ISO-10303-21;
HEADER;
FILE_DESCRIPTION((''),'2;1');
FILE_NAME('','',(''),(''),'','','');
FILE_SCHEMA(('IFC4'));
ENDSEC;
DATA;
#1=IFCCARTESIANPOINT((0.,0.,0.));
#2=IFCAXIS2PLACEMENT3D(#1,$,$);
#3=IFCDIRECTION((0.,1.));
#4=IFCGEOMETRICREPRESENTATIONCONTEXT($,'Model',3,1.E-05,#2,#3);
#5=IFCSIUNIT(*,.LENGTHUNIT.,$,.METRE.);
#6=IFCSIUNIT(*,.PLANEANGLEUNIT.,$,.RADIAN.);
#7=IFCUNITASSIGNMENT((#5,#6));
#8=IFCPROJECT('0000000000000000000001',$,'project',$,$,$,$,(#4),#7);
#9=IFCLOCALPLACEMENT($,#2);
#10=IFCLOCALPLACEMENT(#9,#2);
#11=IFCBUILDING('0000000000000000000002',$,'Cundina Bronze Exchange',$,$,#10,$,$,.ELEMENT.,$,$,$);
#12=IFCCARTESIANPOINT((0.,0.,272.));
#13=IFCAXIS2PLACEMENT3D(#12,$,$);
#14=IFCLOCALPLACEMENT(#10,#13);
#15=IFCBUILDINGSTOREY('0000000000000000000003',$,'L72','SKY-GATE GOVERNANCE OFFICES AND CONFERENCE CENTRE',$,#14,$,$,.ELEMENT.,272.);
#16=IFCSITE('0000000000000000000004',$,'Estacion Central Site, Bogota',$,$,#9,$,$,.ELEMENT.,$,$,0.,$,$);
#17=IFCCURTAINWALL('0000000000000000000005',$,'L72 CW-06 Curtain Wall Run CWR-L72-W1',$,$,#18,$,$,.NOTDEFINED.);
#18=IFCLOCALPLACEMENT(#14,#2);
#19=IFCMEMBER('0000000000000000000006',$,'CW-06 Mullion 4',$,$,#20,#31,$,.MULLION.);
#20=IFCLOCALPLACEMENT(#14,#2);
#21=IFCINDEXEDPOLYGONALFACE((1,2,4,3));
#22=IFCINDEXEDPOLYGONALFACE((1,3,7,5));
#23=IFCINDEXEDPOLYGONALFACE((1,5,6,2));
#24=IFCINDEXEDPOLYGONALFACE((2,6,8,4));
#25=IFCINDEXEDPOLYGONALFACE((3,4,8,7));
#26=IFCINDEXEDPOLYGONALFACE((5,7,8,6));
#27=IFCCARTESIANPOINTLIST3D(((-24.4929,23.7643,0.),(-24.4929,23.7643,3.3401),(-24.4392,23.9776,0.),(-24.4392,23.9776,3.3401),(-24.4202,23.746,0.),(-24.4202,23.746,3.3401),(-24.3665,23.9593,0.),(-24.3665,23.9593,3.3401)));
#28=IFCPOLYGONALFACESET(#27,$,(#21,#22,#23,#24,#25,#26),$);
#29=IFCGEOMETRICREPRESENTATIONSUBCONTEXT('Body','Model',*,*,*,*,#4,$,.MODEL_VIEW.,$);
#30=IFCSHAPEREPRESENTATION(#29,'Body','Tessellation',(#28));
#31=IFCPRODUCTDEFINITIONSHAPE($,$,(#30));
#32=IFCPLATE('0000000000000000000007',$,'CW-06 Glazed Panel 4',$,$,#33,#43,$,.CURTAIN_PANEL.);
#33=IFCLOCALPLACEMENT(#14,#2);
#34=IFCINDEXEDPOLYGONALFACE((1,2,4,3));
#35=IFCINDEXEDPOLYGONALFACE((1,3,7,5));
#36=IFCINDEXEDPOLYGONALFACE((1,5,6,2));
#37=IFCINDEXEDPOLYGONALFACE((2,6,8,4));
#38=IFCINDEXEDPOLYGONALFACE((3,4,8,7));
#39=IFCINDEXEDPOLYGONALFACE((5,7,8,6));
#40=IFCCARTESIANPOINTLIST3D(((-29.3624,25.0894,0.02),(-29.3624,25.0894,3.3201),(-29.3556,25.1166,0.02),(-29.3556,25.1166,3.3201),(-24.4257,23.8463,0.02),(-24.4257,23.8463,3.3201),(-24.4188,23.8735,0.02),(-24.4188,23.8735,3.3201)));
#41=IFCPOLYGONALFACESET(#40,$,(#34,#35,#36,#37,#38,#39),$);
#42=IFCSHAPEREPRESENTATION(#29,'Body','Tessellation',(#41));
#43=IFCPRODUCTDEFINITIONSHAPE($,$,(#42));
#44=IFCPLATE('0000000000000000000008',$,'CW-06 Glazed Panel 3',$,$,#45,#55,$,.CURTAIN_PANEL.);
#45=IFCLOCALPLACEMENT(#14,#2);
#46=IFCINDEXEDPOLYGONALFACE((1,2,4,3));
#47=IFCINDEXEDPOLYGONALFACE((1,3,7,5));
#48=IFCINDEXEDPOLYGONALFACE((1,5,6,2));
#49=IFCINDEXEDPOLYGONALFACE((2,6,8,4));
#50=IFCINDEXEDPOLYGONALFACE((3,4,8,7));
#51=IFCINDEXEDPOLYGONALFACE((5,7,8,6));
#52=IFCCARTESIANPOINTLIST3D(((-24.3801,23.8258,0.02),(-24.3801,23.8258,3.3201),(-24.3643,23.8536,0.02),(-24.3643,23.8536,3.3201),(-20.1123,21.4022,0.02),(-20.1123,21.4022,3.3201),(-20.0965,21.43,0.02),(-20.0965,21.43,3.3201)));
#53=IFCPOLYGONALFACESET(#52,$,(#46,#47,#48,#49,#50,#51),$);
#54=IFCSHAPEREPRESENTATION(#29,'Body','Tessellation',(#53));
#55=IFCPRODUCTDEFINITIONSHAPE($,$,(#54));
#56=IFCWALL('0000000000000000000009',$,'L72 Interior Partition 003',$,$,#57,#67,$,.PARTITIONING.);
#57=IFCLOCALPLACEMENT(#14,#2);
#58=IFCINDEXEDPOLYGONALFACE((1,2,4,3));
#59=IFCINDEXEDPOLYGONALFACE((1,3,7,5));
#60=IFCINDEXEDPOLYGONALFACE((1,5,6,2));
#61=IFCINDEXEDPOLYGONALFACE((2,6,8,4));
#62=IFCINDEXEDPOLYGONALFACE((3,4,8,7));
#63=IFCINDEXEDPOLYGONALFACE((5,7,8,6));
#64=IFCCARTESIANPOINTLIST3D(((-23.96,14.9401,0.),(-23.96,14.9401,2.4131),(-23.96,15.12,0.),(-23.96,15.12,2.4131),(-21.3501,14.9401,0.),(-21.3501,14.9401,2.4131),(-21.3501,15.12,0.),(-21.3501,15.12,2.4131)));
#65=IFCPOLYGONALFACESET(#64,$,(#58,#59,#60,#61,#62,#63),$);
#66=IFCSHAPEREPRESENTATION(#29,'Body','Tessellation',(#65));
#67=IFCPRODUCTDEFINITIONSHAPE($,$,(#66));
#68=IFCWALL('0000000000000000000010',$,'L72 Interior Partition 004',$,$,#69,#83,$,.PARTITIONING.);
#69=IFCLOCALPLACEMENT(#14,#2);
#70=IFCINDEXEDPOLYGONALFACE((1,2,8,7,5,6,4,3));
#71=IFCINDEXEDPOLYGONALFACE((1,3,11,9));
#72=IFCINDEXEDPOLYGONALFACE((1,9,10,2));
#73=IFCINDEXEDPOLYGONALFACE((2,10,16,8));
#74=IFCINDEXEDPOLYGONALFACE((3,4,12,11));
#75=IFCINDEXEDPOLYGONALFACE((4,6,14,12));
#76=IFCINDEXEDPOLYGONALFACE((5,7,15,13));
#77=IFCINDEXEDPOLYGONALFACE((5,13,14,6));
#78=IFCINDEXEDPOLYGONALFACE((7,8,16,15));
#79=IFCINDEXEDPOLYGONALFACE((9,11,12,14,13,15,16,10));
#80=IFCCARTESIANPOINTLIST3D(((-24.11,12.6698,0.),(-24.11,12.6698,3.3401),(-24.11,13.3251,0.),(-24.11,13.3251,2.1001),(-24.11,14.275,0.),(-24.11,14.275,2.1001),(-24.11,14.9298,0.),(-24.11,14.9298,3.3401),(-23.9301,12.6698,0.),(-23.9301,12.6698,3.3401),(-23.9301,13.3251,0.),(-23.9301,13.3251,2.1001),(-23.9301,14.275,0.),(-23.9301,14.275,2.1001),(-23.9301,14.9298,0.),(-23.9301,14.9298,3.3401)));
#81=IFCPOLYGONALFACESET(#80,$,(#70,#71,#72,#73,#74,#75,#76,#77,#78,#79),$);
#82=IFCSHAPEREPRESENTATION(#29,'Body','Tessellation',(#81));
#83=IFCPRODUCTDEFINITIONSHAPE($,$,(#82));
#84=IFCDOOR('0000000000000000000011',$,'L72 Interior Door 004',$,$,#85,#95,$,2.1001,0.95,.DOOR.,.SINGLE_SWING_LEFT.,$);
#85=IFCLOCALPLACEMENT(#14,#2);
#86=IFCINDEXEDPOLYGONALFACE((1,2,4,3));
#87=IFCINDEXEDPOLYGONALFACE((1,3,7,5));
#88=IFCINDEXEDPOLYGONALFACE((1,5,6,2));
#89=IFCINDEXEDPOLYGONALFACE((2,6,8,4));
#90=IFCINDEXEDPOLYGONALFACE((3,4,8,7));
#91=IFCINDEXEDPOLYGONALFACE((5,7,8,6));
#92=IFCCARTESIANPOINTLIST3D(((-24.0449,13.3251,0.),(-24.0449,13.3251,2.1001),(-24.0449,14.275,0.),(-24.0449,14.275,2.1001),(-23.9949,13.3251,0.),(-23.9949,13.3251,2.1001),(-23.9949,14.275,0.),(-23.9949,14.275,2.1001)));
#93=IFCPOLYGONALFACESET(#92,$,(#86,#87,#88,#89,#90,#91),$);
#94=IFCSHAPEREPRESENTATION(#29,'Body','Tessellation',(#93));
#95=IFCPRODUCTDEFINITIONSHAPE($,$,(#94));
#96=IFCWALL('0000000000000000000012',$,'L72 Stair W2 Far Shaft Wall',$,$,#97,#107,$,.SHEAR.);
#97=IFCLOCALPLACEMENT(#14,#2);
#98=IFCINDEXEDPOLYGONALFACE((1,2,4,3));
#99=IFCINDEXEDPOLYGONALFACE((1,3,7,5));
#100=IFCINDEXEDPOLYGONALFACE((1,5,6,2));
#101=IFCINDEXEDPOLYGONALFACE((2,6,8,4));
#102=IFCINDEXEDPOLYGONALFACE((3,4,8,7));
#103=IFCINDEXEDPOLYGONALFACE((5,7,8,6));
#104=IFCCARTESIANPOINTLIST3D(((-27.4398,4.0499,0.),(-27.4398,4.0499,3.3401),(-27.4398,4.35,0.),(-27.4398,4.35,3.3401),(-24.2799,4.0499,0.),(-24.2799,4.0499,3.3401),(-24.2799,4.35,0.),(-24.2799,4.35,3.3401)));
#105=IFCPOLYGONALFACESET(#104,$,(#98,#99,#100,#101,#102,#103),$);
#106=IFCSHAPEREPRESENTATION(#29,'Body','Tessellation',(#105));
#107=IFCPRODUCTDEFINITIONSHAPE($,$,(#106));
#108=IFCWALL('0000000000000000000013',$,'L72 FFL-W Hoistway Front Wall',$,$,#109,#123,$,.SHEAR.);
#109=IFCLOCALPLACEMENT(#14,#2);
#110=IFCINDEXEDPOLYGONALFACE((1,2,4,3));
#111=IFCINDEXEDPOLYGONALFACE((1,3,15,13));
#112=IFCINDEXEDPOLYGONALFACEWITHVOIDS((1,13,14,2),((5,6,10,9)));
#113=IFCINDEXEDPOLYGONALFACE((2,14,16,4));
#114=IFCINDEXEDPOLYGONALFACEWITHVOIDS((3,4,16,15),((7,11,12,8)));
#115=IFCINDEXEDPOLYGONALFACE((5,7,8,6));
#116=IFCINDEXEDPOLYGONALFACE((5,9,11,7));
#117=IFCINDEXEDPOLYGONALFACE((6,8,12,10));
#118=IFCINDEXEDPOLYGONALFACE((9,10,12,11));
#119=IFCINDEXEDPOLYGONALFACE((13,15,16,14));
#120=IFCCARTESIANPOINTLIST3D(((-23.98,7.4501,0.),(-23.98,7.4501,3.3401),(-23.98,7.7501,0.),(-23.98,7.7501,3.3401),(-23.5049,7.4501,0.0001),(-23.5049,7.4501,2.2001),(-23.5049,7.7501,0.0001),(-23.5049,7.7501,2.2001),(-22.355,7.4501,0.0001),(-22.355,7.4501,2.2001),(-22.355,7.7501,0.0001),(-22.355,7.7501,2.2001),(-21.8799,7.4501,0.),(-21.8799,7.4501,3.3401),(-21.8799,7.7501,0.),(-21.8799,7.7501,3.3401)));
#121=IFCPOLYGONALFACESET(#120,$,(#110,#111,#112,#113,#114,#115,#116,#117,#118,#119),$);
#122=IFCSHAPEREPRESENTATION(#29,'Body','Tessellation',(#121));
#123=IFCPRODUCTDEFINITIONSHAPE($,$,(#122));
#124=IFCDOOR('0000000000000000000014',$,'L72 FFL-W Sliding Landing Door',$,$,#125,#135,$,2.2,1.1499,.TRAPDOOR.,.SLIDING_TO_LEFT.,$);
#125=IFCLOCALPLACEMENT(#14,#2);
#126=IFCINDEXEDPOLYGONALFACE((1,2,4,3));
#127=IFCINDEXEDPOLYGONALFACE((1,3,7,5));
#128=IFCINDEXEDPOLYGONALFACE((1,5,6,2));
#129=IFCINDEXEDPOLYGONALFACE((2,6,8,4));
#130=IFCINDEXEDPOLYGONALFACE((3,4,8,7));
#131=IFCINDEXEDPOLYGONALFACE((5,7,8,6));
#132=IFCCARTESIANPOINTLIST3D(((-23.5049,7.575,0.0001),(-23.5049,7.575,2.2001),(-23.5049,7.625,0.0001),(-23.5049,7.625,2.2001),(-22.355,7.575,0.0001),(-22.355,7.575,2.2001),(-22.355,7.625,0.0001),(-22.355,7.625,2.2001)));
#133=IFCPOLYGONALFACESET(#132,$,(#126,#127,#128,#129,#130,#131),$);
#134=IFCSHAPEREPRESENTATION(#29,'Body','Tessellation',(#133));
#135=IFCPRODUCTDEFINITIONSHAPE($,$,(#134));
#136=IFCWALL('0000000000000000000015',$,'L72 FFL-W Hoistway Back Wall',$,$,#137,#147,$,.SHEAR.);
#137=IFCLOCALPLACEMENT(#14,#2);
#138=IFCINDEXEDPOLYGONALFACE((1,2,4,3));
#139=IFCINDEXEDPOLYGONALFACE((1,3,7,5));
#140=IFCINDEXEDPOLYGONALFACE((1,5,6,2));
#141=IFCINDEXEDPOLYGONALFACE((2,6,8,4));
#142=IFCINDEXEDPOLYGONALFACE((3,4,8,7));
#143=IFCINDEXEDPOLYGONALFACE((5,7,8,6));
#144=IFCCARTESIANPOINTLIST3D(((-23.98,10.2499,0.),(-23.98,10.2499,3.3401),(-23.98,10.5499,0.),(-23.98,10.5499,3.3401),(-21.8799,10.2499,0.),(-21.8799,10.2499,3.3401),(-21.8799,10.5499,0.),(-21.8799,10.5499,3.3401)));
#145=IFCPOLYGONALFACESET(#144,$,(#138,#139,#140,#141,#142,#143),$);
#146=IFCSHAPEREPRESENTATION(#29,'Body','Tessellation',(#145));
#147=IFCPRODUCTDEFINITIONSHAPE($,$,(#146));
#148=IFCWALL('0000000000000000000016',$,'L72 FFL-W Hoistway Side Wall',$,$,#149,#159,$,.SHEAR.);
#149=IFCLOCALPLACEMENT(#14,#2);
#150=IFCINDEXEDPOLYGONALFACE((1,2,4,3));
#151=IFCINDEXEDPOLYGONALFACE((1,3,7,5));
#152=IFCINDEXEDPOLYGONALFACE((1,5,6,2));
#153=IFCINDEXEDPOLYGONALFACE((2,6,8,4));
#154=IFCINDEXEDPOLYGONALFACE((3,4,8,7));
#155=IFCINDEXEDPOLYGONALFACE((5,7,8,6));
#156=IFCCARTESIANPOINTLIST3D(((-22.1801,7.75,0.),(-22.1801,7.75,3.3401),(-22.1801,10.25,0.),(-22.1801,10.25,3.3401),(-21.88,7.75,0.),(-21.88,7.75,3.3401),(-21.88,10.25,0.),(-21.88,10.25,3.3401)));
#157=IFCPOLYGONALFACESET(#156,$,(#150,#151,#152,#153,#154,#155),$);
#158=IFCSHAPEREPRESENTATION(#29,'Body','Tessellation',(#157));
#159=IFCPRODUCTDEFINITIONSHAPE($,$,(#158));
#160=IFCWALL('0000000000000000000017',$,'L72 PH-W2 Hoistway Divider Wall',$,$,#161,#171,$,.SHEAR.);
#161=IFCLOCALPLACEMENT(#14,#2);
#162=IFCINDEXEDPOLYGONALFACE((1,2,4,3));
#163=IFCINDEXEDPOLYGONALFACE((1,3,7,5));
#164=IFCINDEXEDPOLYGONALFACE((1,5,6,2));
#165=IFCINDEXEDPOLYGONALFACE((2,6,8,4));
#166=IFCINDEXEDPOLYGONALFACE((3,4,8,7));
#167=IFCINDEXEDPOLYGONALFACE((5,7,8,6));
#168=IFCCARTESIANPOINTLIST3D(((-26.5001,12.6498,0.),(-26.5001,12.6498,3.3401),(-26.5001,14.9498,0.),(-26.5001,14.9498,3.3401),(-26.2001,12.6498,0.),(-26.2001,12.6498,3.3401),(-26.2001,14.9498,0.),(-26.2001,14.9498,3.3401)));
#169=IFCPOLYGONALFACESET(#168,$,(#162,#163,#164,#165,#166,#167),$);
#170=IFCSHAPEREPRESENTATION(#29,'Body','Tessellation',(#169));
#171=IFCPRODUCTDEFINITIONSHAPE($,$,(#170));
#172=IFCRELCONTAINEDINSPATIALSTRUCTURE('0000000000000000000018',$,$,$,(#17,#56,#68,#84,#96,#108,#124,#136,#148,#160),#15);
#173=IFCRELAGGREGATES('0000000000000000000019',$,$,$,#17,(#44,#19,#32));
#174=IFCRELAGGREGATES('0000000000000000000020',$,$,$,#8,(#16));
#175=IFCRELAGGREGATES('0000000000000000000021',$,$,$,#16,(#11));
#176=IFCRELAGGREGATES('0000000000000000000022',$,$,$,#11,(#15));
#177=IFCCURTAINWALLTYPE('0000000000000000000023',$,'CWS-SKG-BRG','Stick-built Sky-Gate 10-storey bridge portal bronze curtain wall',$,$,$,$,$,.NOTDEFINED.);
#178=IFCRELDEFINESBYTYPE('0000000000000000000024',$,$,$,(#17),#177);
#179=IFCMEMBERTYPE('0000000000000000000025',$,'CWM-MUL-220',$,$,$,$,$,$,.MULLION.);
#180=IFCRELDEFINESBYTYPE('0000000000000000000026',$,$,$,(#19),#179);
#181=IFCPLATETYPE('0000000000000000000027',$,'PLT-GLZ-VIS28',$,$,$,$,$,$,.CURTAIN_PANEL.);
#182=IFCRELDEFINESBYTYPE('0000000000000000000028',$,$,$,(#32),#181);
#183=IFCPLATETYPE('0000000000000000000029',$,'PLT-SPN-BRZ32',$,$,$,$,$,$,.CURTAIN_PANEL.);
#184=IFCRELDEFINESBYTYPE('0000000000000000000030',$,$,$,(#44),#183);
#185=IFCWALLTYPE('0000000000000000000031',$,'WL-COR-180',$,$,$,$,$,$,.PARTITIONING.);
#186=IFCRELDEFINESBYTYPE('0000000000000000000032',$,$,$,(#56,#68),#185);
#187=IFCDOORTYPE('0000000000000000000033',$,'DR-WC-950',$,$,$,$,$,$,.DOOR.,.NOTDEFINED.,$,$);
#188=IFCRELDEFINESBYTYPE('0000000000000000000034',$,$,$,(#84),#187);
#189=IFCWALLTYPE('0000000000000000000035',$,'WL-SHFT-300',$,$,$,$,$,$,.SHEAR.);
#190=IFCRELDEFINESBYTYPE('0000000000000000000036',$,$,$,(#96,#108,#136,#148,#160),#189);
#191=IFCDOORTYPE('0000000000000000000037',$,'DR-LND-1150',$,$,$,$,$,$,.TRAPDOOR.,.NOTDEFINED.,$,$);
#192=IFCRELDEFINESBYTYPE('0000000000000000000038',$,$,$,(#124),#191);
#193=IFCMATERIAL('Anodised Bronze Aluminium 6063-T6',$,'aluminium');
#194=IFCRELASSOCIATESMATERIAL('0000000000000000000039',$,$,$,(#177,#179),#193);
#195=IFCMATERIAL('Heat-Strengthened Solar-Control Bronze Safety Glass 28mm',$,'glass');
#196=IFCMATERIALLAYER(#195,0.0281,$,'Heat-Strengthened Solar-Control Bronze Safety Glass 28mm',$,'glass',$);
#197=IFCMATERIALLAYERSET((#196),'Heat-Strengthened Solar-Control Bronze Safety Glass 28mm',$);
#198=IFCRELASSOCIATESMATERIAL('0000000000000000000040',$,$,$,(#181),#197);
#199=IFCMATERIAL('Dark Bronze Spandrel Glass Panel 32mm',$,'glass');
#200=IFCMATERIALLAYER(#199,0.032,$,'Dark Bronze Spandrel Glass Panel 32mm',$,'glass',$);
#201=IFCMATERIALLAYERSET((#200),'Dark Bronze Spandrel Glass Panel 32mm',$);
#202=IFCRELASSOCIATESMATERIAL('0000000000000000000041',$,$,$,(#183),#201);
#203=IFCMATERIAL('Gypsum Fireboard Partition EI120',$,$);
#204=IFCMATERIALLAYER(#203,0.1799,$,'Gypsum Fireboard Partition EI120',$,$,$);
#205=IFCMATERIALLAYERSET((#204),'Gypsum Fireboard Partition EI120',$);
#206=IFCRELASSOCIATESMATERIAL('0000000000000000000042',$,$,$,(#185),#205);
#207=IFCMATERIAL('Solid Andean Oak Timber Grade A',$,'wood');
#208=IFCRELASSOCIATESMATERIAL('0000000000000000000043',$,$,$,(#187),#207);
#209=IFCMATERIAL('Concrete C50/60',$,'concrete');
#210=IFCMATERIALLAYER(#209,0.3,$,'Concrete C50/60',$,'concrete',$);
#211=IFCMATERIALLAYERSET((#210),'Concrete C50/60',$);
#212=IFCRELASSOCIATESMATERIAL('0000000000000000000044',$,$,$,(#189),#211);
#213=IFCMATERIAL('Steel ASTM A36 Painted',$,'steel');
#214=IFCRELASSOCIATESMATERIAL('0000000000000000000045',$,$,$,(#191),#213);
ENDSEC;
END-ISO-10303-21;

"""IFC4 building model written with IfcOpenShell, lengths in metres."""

from ifc_helpers import new_model, si_unit, direction, frame, frame_2d, origin, origin_2d, place, context, subcontext, project, spatial, rectangle, extrude, material, layer, layer_set, material_profile, profile_set, type_object, element, fill, aggregate, save


model = new_model("IFC4")

# Units and contexts
model_context = context("Model", 3, precision=1e-05, world=origin(), true_north=direction((0.0, 1.0)))
body_context = subcontext(model_context, "Body", "Model", "MODEL_VIEW")
ifc_project = project(units=[si_unit("LENGTHUNIT", "METRE"), si_unit("PLANEANGLEUNIT", "RADIAN")], contexts=[model_context])

# Site, building, storey
site_placement = place(None, origin())
site = spatial("IfcSite", under=ifc_project, at=site_placement, Name="Estacion Central Site, Bogota", CompositionType="ELEMENT", RefElevation=0.0)
building_placement = place(site_placement, origin())
building = spatial("IfcBuilding", under=site, at=building_placement, Name="Cundina Bronze Exchange", CompositionType="ELEMENT")
storey_placement = place(building_placement, frame((0.0, 0.0, 272.0)))
storey = spatial("IfcBuildingStorey", under=building, at=storey_placement, Name="L72", Description="SKY-GATE GOVERNANCE OFFICES AND CONFERENCE CENTRE", CompositionType="ELEMENT", Elevation=272.0)

# Shared definitions
ifc_material_1 = material(Name="Concrete C50/60", Category="concrete")

# Curtain wall, member, plates
ifc_material_2 = material(Name="Anodised Bronze Aluminium 6063-T6", Category="aluminium")
curtain_wall_type = type_object("IfcCurtainWallType", Name="CWS-SKG-BRG", Description="Stick-built Sky-Gate 10-storey bridge portal bronze curtain wall", PredefinedType="NOTDEFINED", material=ifc_material_2)
curtain_wall_placement = place(storey_placement, origin())
curtain_wall = element("IfcCurtainWall", 1, at=curtain_wall_placement, inside=storey, type_object=curtain_wall_type, Name="L72 CW-06 Curtain Wall Run CWR-L72-W1", PredefinedType="NOTDEFINED")
ifc_material_profile_1 = material_profile(ifc_material_2, rectangle(XDim=0.075, YDim=0.22, at=origin_2d()), Name="AL75X220", Category="aluminium")
ifc_profile_set_1 = profile_set([ifc_material_profile_1], Name="Anodised Bronze Aluminium 6063-T6")
member_type = type_object("IfcMemberType", Name="CWM-MUL-220", PredefinedType="MULLION", material=ifc_profile_set_1)
member_placement = place(storey_placement, frame((-24.4297, 23.8618, 0.0), z_axis=(0.0, 0.0, 1.0), x_axis=(-0.969744, 0.244123, 0.0)))
member = element("IfcMember", 2, at=member_placement, type_object=member_type, Name="CW-06 Mullion 4", PredefinedType="MULLION", context=body_context, shape_type="SweptSolid", body=[
    extrude(rectangle(XDim=0.075, YDim=0.22, at=origin_2d()), origin(), (0.0, 0.0, 1.0), 3.3401),
])
ifc_material_3 = material(Name="Heat-Strengthened Solar-Control Bronze Safety Glass 28mm", Category="glass")
ifc_layer_1 = layer(ifc_material_3, 0.0281, Name="Heat-Strengthened Solar-Control Bronze Safety Glass 28mm", Category="glass")
ifc_layer_set_1 = layer_set([ifc_layer_1], Name="Heat-Strengthened Solar-Control Bronze Safety Glass 28mm")
plate_type_1 = type_object("IfcPlateType", Name="PLT-GLZ-VIS28", PredefinedType="CURTAIN_PANEL", material=ifc_layer_set_1)
plate_1_placement = place(storey_placement, frame((-26.8906, 24.4814, 0.02), z_axis=(0.0, 0.0, 1.0), x_axis=(-0.969732, 0.244174, 0.0)))
plate_1 = element("IfcPlate", 3, at=plate_1_placement, type_object=plate_type_1, Name="CW-06 Glazed Panel 4", PredefinedType="CURTAIN_PANEL", context=body_context, shape_type="SweptSolid", body=[
    extrude(rectangle(XDim=5.0908, YDim=0.0281, at=origin_2d()), origin(), (0.0, 0.0, 1.0), 3.3),
])
ifc_material_4 = material(Name="Dark Bronze Spandrel Glass Panel 32mm", Category="glass")
ifc_layer_2 = layer(ifc_material_4, 0.032, Name="Dark Bronze Spandrel Glass Panel 32mm", Category="glass")
ifc_layer_set_2 = layer_set([ifc_layer_2], Name="Dark Bronze Spandrel Glass Panel 32mm")
plate_type_2 = type_object("IfcPlateType", Name="PLT-SPN-BRZ32", PredefinedType="CURTAIN_PANEL", material=ifc_layer_set_2)
plate_2_placement = place(storey_placement, frame((-22.2383, 22.6279, 0.02), z_axis=(0.0, 0.0, 1.0), x_axis=(-0.869573, 0.493805, 0.0)))
plate_2 = element("IfcPlate", 4, at=plate_2_placement, type_object=plate_type_2, Name="CW-06 Glazed Panel 3", PredefinedType="CURTAIN_PANEL", context=body_context, shape_type="SweptSolid", body=[
    extrude(rectangle(XDim=4.908, YDim=0.032, at=origin_2d()), origin(), (0.0, 0.0, 1.0), 3.3),
])
aggregate(curtain_wall, [plate_2, member, plate_1])

# Wall
ifc_material_5 = material(Name="Gypsum Fireboard Partition EI120")
ifc_layer_3 = layer(ifc_material_5, 0.1799, Name="Gypsum Fireboard Partition EI120")
ifc_layer_set_3 = layer_set([ifc_layer_3], Name="Gypsum Fireboard Partition EI120")
wall_type_1 = type_object("IfcWallType", Name="WL-COR-180", PredefinedType="PARTITIONING", material=ifc_layer_set_3)
wall_1_placement = place(storey_placement, frame((-23.96, 15.03, 0.0), z_axis=(0.0, 0.0, 1.0), x_axis=(1.0, 0.0, 0.0)))
element("IfcWall", 5, at=wall_1_placement, inside=storey, type_object=wall_type_1, Name="L72 Interior Partition 003", PredefinedType="PARTITIONING", context=body_context, shape_type="SweptSolid", body=[
    extrude(rectangle(XDim=2.6099, YDim=0.1799, at=frame_2d((1.3049, 0.0))), origin(), (0.0, 0.0, 1.0), 2.4131),
])

# Wall, opening, door
wall_2_placement = place(storey_placement, frame((-24.02, 12.6699, 0.0), z_axis=(0.0, 0.0, 1.0), x_axis=(0.0, 1.0, 0.0)))
wall_2 = element("IfcWall", 6, at=wall_2_placement, inside=storey, type_object=wall_type_1, Name="L72 Interior Partition 004", PredefinedType="PARTITIONING", context=body_context, shape_type="SweptSolid", body=[
    extrude(rectangle(XDim=2.26, YDim=0.1799, at=frame_2d((1.1299, 0.0))), origin(), (0.0, 0.0, 1.0), 3.3401),
])
opening_1_placement = place(wall_2_placement, frame((0.655, 0.0, 0.0)))
opening_1 = element("IfcOpeningElement", 7, at=opening_1_placement, cuts=wall_2, PredefinedType="OPENING", context=body_context, shape_type="SweptSolid", body=[
    extrude(rectangle(XDim=0.95, YDim=2.1001, at=frame_2d((0.4751, 1.05))), frame((0.0, 0.0999, 0.0), z_axis=(0.0, -1.0, 0.0), x_axis=(1.0, 0.0, 0.0)), (0.0, 0.0, 1.0), 0.2),
])
ifc_material_6 = material(Name="Solid Andean Oak Timber Grade A", Category="wood")
door_type_1 = type_object("IfcDoorType", Name="DR-WC-950", OperationType="NOTDEFINED", PredefinedType="DOOR", material=ifc_material_6)
door_1_placement = place(opening_1_placement, origin())
door_1 = element("IfcDoor", 8, at=door_1_placement, inside=storey, type_object=door_type_1, Name="L72 Interior Door 004", OperationType="SINGLE_SWING_LEFT", OverallHeight=2.1001, OverallWidth=0.95, PredefinedType="DOOR", context=body_context, shape_type="SweptSolid", body=[
    extrude(rectangle(XDim=0.95, YDim=2.1001, at=frame_2d((0.4751, 1.05))), frame((0.0, 0.0249, 0.0), z_axis=(0.0, -1.0, 0.0), x_axis=(1.0, 0.0, 0.0)), (0.0, 0.0, 1.0), 0.05),
])
fill(opening_1, door_1)
ifc_layer_4 = layer(ifc_material_1, 0.3, Name="Concrete C50/60", Category="concrete")
ifc_layer_set_4 = layer_set([ifc_layer_4], Name="Concrete C50/60")
wall_type_2 = type_object("IfcWallType", Name="WL-SHFT-300", PredefinedType="SHEAR", material=ifc_layer_set_4)
ifc_material_7 = material(Name="Steel ASTM A36 Painted", Category="steel")

# Wall
wall_3_placement = place(storey_placement, frame((-27.4399, 4.2, 0.0), z_axis=(0.0, 0.0, 1.0), x_axis=(1.0, 0.0, 0.0)))
element("IfcWall", 9, at=wall_3_placement, inside=storey, type_object=wall_type_2, Name="L72 Stair W2 Far Shaft Wall", PredefinedType="SHEAR", context=body_context, shape_type="SweptSolid", body=[
    extrude(rectangle(XDim=3.1599, YDim=0.3, at=frame_2d((1.5801, 0.0))), origin(), (0.0, 0.0, 1.0), 3.3401),
])

# Wall, opening, door
wall_4_placement = place(storey_placement, frame((-23.98, 7.6001, 0.0), z_axis=(0.0, 0.0, 1.0), x_axis=(1.0, 0.0, 0.0)))
wall_4 = element("IfcWall", 10, at=wall_4_placement, inside=storey, type_object=wall_type_2, Name="L72 FFL-W Hoistway Front Wall", PredefinedType="SHEAR", context=body_context, shape_type="SweptSolid", body=[
    extrude(rectangle(XDim=2.1001, YDim=0.3, at=frame_2d((1.05, 0.0))), origin(), (0.0, 0.0, 1.0), 3.3401),
])
opening_2_placement = place(wall_4_placement, frame((0.4751, 0.0, 0.0)))
opening_2 = element("IfcOpeningElement", 11, at=opening_2_placement, cuts=wall_4, PredefinedType="OPENING", context=body_context, shape_type="SweptSolid", body=[
    extrude(rectangle(XDim=1.1499, YDim=2.2, at=frame_2d((0.575, 1.1001))), frame((0.0, 0.1599, 0.0), z_axis=(0.0, -1.0, 0.0), x_axis=(1.0, 0.0, 0.0)), (0.0, 0.0, 1.0), 0.3201),
])
door_type_2 = type_object("IfcDoorType", Name="DR-LND-1150", OperationType="NOTDEFINED", PredefinedType="TRAPDOOR", material=ifc_material_7)
door_2_placement = place(opening_2_placement, origin())
door_2 = element("IfcDoor", 12, at=door_2_placement, inside=storey, type_object=door_type_2, Name="L72 FFL-W Sliding Landing Door", OperationType="SLIDING_TO_LEFT", OverallHeight=2.2, OverallWidth=1.1499, PredefinedType="TRAPDOOR", context=body_context, shape_type="SweptSolid", body=[
    extrude(rectangle(XDim=1.1499, YDim=2.2, at=frame_2d((0.575, 1.1001))), frame((0.0, 0.0249, 0.0), z_axis=(0.0, -1.0, 0.0), x_axis=(1.0, 0.0, 0.0)), (0.0, 0.0, 1.0), 0.05),
])
fill(opening_2, door_2)

# Walls
wall_5_placement = place(storey_placement, frame((-23.98, 10.3999, 0.0), z_axis=(0.0, 0.0, 1.0), x_axis=(1.0, 0.0, 0.0)))
element("IfcWall", 13, at=wall_5_placement, inside=storey, type_object=wall_type_2, Name="L72 FFL-W Hoistway Back Wall", PredefinedType="SHEAR", context=body_context, shape_type="SweptSolid", body=[
    extrude(rectangle(XDim=2.1001, YDim=0.3, at=frame_2d((1.05, 0.0))), origin(), (0.0, 0.0, 1.0), 3.3401),
])
wall_6_placement = place(storey_placement, frame((-22.03, 7.75, 0.0), z_axis=(0.0, 0.0, 1.0), x_axis=(0.0, 1.0, 0.0)))
element("IfcWall", 14, at=wall_6_placement, inside=storey, type_object=wall_type_2, Name="L72 FFL-W Hoistway Side Wall", PredefinedType="SHEAR", context=body_context, shape_type="SweptSolid", body=[
    extrude(rectangle(XDim=2.5, YDim=0.3, at=frame_2d((1.25, 0.0))), origin(), (0.0, 0.0, 1.0), 3.3401),
])
wall_7_placement = place(storey_placement, frame((-26.3501, 12.6499, 0.0), z_axis=(0.0, 0.0, 1.0), x_axis=(0.0, 1.0, 0.0)))
element("IfcWall", 15, at=wall_7_placement, inside=storey, type_object=wall_type_2, Name="L72 PH-W2 Hoistway Divider Wall", PredefinedType="SHEAR", context=body_context, shape_type="SweptSolid", body=[
    extrude(rectangle(XDim=2.3, YDim=0.3, at=frame_2d((1.1499, 0.0))), origin(), (0.0, 0.0, 1.0), 3.3401),
])

save(model, "model.ifc")
